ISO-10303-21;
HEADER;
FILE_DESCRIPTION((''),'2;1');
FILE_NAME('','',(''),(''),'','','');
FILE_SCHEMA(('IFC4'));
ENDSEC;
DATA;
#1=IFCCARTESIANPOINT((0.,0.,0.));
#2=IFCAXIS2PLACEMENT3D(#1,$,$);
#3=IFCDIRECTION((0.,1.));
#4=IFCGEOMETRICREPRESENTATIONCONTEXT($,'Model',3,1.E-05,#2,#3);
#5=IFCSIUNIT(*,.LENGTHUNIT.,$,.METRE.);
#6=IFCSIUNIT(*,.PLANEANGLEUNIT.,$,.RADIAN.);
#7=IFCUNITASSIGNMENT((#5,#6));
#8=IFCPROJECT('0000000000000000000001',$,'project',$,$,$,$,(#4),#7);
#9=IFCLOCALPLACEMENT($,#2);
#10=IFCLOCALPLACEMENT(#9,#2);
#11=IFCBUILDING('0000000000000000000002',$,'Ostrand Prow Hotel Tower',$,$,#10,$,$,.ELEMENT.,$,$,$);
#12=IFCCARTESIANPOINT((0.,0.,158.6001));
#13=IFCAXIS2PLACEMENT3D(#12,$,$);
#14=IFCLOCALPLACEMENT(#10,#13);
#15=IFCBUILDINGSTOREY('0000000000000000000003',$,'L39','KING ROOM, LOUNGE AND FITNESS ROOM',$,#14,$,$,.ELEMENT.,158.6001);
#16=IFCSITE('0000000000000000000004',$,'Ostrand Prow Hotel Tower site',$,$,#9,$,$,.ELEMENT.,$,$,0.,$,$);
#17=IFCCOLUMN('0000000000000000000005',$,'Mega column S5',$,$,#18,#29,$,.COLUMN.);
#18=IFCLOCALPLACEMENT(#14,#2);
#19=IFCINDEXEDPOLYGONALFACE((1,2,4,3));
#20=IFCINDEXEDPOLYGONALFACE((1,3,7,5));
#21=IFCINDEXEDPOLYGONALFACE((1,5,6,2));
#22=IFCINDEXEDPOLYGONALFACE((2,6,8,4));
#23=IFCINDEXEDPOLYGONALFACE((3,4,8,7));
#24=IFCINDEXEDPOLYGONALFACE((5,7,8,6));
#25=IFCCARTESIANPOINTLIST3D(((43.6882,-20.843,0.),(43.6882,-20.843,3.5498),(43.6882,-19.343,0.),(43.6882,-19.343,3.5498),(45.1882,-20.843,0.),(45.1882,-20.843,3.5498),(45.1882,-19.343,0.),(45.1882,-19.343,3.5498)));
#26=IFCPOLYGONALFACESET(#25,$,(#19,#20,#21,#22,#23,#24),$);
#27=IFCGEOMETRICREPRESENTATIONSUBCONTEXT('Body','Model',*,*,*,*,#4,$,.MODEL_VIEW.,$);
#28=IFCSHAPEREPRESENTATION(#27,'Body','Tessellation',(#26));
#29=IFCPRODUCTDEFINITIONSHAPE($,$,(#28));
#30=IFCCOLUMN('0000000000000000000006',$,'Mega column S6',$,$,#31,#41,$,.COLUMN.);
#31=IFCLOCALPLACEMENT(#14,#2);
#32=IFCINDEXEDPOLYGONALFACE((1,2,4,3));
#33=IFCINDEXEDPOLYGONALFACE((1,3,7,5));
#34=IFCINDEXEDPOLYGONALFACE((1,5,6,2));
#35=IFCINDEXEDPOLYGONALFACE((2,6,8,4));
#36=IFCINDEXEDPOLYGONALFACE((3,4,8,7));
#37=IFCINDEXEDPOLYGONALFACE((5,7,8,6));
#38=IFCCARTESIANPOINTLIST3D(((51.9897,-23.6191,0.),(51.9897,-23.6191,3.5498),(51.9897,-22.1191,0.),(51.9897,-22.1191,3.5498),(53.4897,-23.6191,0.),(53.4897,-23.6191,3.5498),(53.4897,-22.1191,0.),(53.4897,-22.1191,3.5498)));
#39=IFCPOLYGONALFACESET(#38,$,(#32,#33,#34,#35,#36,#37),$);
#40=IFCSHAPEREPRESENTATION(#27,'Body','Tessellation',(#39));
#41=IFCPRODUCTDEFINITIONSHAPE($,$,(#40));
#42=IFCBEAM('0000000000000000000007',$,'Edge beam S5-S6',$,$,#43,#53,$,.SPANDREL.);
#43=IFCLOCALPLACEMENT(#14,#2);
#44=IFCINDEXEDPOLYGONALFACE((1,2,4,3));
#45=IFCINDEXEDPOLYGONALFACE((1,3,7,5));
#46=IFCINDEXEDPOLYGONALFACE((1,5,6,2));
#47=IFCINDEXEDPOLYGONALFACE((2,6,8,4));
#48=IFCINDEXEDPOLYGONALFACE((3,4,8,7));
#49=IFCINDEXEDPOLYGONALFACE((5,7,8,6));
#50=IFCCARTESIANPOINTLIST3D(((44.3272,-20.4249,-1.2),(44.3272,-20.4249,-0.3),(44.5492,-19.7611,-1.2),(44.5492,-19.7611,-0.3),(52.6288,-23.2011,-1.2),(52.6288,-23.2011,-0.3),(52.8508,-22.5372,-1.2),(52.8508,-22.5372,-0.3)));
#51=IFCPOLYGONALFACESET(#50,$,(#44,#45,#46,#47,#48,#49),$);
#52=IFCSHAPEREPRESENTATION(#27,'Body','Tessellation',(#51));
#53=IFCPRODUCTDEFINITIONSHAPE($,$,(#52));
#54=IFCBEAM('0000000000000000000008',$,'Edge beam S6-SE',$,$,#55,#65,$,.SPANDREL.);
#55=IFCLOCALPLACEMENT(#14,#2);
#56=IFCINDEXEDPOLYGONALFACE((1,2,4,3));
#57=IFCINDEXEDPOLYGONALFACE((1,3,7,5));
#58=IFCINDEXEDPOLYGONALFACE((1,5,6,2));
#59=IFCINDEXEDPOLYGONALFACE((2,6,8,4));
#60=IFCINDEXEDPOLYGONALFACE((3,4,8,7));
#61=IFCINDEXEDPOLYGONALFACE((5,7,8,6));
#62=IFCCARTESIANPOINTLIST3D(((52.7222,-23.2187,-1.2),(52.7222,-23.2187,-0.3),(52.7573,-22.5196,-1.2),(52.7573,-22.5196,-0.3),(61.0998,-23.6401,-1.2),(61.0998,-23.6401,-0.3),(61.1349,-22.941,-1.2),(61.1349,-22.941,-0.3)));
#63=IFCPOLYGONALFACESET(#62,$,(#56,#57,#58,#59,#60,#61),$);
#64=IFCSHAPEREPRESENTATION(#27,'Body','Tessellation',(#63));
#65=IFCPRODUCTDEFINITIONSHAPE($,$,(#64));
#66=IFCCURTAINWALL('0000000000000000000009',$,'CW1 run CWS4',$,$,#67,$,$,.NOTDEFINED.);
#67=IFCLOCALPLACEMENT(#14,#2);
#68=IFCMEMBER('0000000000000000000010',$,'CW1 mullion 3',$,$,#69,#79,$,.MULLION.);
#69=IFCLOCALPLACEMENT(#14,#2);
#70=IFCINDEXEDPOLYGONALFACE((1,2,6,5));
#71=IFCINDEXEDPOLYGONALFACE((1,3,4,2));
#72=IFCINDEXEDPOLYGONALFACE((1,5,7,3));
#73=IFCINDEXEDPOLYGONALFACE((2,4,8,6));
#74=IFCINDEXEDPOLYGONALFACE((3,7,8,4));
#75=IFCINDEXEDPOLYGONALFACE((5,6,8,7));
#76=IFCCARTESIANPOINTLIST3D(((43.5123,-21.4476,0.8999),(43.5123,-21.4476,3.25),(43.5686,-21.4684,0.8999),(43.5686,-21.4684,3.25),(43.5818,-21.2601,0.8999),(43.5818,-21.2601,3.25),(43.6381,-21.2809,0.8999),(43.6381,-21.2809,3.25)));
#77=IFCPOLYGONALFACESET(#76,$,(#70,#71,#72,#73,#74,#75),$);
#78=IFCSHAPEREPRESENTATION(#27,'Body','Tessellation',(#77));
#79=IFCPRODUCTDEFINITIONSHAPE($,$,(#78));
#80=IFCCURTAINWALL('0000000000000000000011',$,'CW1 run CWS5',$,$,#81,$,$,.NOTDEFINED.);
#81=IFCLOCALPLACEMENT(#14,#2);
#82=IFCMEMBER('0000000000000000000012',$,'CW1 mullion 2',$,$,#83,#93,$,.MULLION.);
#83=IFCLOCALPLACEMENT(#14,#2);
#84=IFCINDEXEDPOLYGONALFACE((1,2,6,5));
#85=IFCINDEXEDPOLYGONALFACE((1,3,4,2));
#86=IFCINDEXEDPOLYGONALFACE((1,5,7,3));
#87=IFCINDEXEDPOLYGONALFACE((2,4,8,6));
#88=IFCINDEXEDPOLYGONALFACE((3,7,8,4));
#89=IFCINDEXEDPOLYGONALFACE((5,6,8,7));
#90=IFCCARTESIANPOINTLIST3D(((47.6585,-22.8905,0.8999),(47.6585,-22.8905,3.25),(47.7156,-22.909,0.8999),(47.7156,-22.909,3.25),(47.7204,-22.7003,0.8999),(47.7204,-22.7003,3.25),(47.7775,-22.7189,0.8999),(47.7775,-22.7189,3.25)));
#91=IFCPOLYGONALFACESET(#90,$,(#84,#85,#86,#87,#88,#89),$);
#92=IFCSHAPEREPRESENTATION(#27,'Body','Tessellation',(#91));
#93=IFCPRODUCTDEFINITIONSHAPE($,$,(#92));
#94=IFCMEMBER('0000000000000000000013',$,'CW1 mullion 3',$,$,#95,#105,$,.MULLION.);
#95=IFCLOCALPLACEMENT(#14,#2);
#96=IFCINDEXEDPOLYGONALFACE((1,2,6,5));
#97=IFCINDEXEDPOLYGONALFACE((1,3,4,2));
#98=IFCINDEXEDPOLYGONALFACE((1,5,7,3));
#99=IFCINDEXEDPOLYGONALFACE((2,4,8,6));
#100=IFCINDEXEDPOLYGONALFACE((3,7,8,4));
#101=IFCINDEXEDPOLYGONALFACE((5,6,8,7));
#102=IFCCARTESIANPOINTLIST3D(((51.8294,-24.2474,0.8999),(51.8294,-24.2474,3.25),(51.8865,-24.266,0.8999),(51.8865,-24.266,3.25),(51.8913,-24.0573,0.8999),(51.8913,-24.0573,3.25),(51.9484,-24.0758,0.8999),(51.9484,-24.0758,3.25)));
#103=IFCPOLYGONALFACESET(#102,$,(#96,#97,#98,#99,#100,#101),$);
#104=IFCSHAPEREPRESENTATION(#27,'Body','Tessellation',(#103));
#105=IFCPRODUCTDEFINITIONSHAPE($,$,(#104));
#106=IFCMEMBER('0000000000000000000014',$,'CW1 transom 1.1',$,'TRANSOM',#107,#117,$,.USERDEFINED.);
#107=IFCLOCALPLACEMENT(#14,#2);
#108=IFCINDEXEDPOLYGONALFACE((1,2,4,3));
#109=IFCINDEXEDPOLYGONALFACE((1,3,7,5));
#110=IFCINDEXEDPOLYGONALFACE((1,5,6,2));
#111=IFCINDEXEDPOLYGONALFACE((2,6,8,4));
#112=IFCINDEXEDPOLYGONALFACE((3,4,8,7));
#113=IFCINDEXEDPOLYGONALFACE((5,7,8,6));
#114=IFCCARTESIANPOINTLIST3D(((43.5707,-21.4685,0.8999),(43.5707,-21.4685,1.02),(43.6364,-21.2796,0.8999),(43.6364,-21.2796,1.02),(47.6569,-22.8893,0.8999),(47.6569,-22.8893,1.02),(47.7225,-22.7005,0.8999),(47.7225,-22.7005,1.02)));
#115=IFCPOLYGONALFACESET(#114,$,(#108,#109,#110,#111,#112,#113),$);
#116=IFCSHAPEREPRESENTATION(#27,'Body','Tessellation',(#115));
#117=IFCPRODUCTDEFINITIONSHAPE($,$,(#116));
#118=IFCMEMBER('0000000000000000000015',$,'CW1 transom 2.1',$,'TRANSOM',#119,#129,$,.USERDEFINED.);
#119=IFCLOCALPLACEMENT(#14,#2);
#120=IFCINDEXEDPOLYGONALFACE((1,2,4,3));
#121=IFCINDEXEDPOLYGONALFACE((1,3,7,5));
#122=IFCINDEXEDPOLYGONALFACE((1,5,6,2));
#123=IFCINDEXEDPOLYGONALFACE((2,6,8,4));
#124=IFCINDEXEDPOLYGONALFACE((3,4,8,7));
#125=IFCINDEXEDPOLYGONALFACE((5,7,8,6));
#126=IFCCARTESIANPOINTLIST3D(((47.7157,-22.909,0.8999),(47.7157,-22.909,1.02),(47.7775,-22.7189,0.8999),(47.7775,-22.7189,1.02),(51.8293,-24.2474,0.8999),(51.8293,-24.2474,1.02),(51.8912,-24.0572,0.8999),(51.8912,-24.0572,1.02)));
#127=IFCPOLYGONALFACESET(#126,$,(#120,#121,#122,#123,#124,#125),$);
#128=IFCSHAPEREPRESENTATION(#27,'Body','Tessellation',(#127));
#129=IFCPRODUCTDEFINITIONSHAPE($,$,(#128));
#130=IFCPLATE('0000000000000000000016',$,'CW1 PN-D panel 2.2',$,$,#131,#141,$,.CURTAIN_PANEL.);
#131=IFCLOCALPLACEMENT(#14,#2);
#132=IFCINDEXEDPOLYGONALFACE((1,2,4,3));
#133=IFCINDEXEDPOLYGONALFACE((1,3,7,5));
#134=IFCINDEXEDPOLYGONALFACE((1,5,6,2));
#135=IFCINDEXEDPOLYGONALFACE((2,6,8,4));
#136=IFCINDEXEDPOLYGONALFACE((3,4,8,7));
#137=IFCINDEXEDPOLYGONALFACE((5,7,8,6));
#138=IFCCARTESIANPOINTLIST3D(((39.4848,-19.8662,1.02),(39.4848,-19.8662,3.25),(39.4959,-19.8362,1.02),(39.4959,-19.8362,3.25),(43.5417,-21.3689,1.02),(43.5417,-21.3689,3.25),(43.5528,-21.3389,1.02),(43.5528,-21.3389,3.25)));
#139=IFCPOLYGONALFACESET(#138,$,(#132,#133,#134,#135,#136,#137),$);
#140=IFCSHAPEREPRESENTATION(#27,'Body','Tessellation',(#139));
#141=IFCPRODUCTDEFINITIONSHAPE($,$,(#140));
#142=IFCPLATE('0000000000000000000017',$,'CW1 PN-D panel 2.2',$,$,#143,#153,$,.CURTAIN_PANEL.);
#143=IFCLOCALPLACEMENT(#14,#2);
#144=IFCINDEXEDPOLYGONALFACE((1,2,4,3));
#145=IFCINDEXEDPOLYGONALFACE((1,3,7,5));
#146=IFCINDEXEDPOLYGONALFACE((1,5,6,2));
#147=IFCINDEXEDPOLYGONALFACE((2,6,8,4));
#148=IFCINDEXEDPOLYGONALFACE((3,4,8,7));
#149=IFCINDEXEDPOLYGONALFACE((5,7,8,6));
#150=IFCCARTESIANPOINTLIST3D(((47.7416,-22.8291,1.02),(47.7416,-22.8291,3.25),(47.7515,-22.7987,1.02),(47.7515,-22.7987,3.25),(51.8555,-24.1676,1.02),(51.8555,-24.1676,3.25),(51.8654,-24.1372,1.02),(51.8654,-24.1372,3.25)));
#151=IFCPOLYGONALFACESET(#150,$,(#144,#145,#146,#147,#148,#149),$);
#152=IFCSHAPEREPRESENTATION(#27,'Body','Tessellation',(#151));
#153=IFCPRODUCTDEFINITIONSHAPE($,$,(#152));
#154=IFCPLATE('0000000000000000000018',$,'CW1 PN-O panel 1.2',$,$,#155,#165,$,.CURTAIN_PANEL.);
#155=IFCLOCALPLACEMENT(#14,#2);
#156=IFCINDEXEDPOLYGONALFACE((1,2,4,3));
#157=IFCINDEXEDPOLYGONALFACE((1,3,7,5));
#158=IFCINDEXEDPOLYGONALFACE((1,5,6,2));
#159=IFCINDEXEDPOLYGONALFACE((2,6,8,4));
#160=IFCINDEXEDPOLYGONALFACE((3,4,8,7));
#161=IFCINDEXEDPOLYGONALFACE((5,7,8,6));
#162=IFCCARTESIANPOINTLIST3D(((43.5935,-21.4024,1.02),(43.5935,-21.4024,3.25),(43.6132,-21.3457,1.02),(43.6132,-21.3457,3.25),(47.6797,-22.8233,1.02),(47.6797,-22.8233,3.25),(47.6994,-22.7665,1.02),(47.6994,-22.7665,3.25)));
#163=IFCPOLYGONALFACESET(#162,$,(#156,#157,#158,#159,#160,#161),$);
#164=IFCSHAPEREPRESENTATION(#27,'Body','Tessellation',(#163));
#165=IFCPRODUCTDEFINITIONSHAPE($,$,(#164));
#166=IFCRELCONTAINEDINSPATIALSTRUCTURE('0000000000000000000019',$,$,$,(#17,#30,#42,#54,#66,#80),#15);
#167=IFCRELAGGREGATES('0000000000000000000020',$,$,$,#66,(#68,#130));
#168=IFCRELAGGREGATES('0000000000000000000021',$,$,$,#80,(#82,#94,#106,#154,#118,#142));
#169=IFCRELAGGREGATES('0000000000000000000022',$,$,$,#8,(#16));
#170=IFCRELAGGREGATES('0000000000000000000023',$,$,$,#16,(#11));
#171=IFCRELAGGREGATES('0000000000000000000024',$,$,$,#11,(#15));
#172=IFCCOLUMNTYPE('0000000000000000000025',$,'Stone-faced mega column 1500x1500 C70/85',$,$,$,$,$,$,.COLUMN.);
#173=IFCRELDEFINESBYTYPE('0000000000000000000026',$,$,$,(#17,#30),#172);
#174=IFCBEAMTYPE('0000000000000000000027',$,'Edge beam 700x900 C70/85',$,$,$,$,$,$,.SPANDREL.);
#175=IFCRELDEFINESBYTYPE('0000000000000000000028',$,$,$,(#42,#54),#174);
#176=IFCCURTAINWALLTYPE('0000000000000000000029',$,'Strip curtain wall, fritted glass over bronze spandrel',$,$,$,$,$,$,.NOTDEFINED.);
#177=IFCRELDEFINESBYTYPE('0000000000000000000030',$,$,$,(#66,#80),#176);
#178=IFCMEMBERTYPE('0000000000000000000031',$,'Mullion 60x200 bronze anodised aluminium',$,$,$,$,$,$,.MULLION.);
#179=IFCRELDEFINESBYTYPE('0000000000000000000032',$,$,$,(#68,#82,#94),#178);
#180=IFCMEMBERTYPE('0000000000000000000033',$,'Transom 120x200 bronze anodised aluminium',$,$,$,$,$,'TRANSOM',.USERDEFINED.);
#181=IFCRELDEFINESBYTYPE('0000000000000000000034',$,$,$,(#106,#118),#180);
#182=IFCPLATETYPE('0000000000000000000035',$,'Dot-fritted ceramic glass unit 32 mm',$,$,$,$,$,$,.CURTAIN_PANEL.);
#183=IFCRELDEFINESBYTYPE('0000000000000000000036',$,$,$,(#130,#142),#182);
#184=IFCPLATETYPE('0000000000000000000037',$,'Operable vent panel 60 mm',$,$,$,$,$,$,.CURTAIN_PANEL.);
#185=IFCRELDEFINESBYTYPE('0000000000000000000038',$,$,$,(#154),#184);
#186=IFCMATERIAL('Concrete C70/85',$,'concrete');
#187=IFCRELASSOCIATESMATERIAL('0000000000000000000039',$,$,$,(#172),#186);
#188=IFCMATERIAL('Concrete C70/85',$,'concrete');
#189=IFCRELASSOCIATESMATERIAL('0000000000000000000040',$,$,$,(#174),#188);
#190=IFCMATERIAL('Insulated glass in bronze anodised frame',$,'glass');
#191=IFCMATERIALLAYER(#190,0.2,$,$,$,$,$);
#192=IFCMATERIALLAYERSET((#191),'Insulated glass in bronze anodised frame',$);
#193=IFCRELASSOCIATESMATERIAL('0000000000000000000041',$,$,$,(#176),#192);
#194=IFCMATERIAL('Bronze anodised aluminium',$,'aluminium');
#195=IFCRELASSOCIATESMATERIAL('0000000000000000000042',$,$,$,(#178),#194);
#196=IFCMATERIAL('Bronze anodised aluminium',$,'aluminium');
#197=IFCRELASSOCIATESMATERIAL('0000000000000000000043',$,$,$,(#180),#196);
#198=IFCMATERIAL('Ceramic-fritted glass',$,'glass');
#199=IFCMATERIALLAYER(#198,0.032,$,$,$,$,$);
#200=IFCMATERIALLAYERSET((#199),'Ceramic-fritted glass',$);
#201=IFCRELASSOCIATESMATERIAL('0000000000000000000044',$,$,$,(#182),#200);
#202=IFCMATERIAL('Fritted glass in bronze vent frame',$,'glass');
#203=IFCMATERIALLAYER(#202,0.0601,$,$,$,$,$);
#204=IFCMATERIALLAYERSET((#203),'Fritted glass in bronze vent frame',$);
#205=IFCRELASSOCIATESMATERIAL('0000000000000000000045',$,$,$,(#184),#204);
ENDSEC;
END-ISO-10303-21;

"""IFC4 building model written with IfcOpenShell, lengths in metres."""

from ifc_helpers import new_model, si_unit, direction, frame, origin, origin_2d, place, context, subcontext, project, spatial, rectangle, extrude, material, layer, layer_set, material_profile, profile_set, type_object, element, aggregate, save


model = new_model("IFC4")

# Units and contexts
model_context = context("Model", 3, precision=1e-05, world=origin(), true_north=direction((0.0, 1.0)))
body_context = subcontext(model_context, "Body", "Model", "MODEL_VIEW")
ifc_project = project(units=[si_unit("LENGTHUNIT", "METRE"), si_unit("PLANEANGLEUNIT", "RADIAN")], contexts=[model_context])

# Site, building, storey
site_placement = place(None, origin())
site = spatial("IfcSite", under=ifc_project, at=site_placement, Name="Ostrand Prow Hotel Tower site", CompositionType="ELEMENT", RefElevation=0.0)
building_placement = place(site_placement, origin())
building = spatial("IfcBuilding", under=site, at=building_placement, Name="Ostrand Prow Hotel Tower", CompositionType="ELEMENT")
storey_placement = place(building_placement, frame((0.0, 0.0, 158.6001)))
storey = spatial("IfcBuildingStorey", under=building, at=storey_placement, Name="L39", Description="KING ROOM, LOUNGE AND FITNESS ROOM", CompositionType="ELEMENT", Elevation=158.6001)

# Columns
ifc_material_1 = material(Name="Concrete C70/85", Category="concrete")
ifc_material_profile_1 = material_profile(ifc_material_1, rectangle(XDim=1.5, YDim=1.5, at=origin_2d()), Name="RC 1500x1500")
ifc_profile_set_1 = profile_set([ifc_material_profile_1], Name="Concrete C70/85")
column_type = type_object("IfcColumnType", Name="Stone-faced mega column 1500x1500 C70/85", PredefinedType="COLUMN", material=ifc_profile_set_1)
for number, where, z_axis, x_axis, name in (
    (1, (44.4382, -20.093, 0.0), (0.0, 0.0, 1.0), (1.0, 0.0, 0.0), "Mega column S5"),
    (2, (52.7397, -22.8691, 0.0), (0.0, 0.0, 1.0), (1.0, 0.0, 0.0), "Mega column S6"),
):
    element("IfcColumn", number, at=place(storey_placement, frame(where, z_axis=z_axis, x_axis=x_axis)), inside=storey, type_object=column_type, Name=name, PredefinedType="COLUMN", context=body_context, shape_type="SweptSolid", body=[
        extrude(rectangle(XDim=1.5, YDim=1.5, at=origin_2d()), origin(), (0.0, 0.0, 1.0), 3.5498),
    ])

# Beams
ifc_material_2 = material(Name="Concrete C70/85", Category="concrete")
ifc_material_profile_2 = material_profile(ifc_material_2, rectangle(XDim=0.7, YDim=0.8999, at=origin_2d()), Name="RC 700x900")
ifc_profile_set_2 = profile_set([ifc_material_profile_2], Name="Concrete C70/85")
beam_type = type_object("IfcBeamType", Name="Edge beam 700x900 C70/85", PredefinedType="SPANDREL", material=ifc_profile_set_2)
beam_1_placement = place(storey_placement, frame((44.4382, -20.093, -0.75), z_axis=(0.948376, -0.317148, 0.0), x_axis=(0.317148, 0.948376, 0.0)))
element("IfcBeam", 3, at=beam_1_placement, inside=storey, type_object=beam_type, Name="Edge beam S5-S6", PredefinedType="SPANDREL", context=body_context, shape_type="SweptSolid", body=[
    extrude(rectangle(XDim=0.7, YDim=0.8999, at=origin_2d()), origin(), (0.0, 0.0, 1.0), 8.7534),
])
beam_2_placement = place(storey_placement, frame((52.7397, -22.8691, -0.75), z_axis=(0.998737, -0.050235, 0.0), x_axis=(0.050235, 0.998737, 0.0)))
element("IfcBeam", 4, at=beam_2_placement, inside=storey, type_object=beam_type, Name="Edge beam S6-SE", PredefinedType="SPANDREL", context=body_context, shape_type="SweptSolid", body=[
    extrude(rectangle(XDim=0.7, YDim=0.8999, at=origin_2d()), origin(), (0.0, 0.0, 1.0), 8.3882),
])

# Curtain wall, member
ifc_material_3 = material(Name="Insulated glass in bronze anodised frame", Category="glass")
ifc_layer_1 = layer(ifc_material_3, 0.2)
ifc_layer_set_1 = layer_set([ifc_layer_1], Name="Insulated glass in bronze anodised frame")
curtain_wall_type = type_object("IfcCurtainWallType", Name="Strip curtain wall, fritted glass over bronze spandrel", PredefinedType="NOTDEFINED", material=ifc_layer_set_1)
curtain_wall_1_placement = place(storey_placement, origin())
curtain_wall_1 = element("IfcCurtainWall", 5, at=curtain_wall_1_placement, inside=storey, type_object=curtain_wall_type, Name="CW1 run CWS4", PredefinedType="NOTDEFINED")
ifc_material_4 = material(Name="Bronze anodised aluminium", Category="aluminium")
ifc_material_profile_3 = material_profile(ifc_material_4, rectangle(XDim=0.2, YDim=0.0601, at=origin_2d()), Name="Mullion 60x200 bronze anodised aluminium")
ifc_profile_set_3 = profile_set([ifc_material_profile_3], Name="Bronze anodised aluminium")
member_type_1 = type_object("IfcMemberType", Name="Mullion 60x200 bronze anodised aluminium", PredefinedType="MULLION", material=ifc_profile_set_3)
member_1_placement = place(storey_placement, frame((43.5752, -21.3643, 0.8999), z_axis=(0.0, 0.0, 1.0), x_axis=(0.347342, 0.937739, 0.0)))
member_1 = element("IfcMember", 6, at=member_1_placement, type_object=member_type_1, Name="CW1 mullion 3", PredefinedType="MULLION", context=body_context, shape_type="SweptSolid", body=[
    extrude(rectangle(XDim=0.2, YDim=0.0601, at=origin_2d()), origin(), (0.0, 0.0, 1.0), 2.3501),
])

# Curtain wall, members
curtain_wall_2_placement = place(storey_placement, origin())
curtain_wall_2 = element("IfcCurtainWall", 7, at=curtain_wall_2_placement, inside=storey, type_object=curtain_wall_type, Name="CW1 run CWS5", PredefinedType="NOTDEFINED")
member_2_placement = place(storey_placement, frame((47.718, -22.8047, 0.8999), z_axis=(0.0, 0.0, 1.0), x_axis=(0.30938, 0.950938, 0.0)))
member_2 = element("IfcMember", 8, at=member_2_placement, type_object=member_type_1, Name="CW1 mullion 2", PredefinedType="MULLION", context=body_context, shape_type="SweptSolid", body=[
    extrude(rectangle(XDim=0.2, YDim=0.0601, at=origin_2d()), origin(), (0.0, 0.0, 1.0), 2.3501),
])
member_3_placement = place(storey_placement, frame((51.8889, -24.1616, 0.8999), z_axis=(0.0, 0.0, 1.0), x_axis=(0.30938, 0.950938, 0.0)))
member_3 = element("IfcMember", 9, at=member_3_placement, type_object=member_type_1, Name="CW1 mullion 3", PredefinedType="MULLION", context=body_context, shape_type="SweptSolid", body=[
    extrude(rectangle(XDim=0.2, YDim=0.0601, at=origin_2d()), origin(), (0.0, 0.0, 1.0), 2.3501),
])
ifc_material_5 = material(Name="Bronze anodised aluminium", Category="aluminium")
ifc_material_profile_4 = material_profile(ifc_material_5, rectangle(XDim=0.2, YDim=0.1201, at=origin_2d()), Name="Transom 120x200 bronze anodised aluminium")
ifc_profile_set_4 = profile_set([ifc_material_profile_4], Name="Bronze anodised aluminium")
member_type_2 = type_object("IfcMemberType", Name="Transom 120x200 bronze anodised aluminium", ElementType="TRANSOM", PredefinedType="USERDEFINED", material=ifc_profile_set_4)
member_4_placement = place(storey_placement, frame((43.6035, -21.374, 0.96), z_axis=(0.944524, -0.328442, 0.0), x_axis=(0.328442, 0.944524, 0.0)))
member_4 = element("IfcMember", 10, at=member_4_placement, type_object=member_type_2, Name="CW1 transom 1.1", ObjectType="TRANSOM", PredefinedType="USERDEFINED", context=body_context, shape_type="SweptSolid", body=[
    extrude(rectangle(XDim=0.2, YDim=0.1201, at=origin_2d()), origin(), (0.0, 0.0, 1.0), 4.3262),
])
member_5_placement = place(storey_placement, frame((47.7466, -22.814, 0.96), z_axis=(0.950939, -0.30938, 0.0), x_axis=(0.30938, 0.950939, 0.0)))
member_5 = element("IfcMember", 11, at=member_5_placement, type_object=member_type_2, Name="CW1 transom 2.1", ObjectType="TRANSOM", PredefinedType="USERDEFINED", context=body_context, shape_type="SweptSolid", body=[
    extrude(rectangle(XDim=0.2, YDim=0.1201, at=origin_2d()), origin(), (0.0, 0.0, 1.0), 4.3259),
])

# Plates
ifc_material_6 = material(Name="Ceramic-fritted glass", Category="glass")
ifc_layer_2 = layer(ifc_material_6, 0.032)
ifc_layer_set_2 = layer_set([ifc_layer_2], Name="Ceramic-fritted glass")
plate_type_1 = type_object("IfcPlateType", Name="Dot-fritted ceramic glass unit 32 mm", PredefinedType="CURTAIN_PANEL", material=ifc_layer_set_2)
plate_1_placement = place(storey_placement, frame((41.5188, -20.6025, 1.02), z_axis=(0.0, 0.0, 1.0), x_axis=(0.937739, -0.347342, 0.0)))
plate_1 = element("IfcPlate", 12, at=plate_1_placement, type_object=plate_type_1, Name="CW1 PN-D panel 2.2", PredefinedType="CURTAIN_PANEL", context=body_context, shape_type="SweptSolid", body=[
    extrude(rectangle(XDim=4.3262, YDim=0.032, at=origin_2d()), origin(), (0.0, 0.0, 1.0), 2.23),
])
aggregate(curtain_wall_1, [member_1, plate_1])
plate_2_placement = place(storey_placement, frame((49.8035, -23.4832, 1.02), z_axis=(0.0, 0.0, 1.0), x_axis=(0.950938, -0.30938, 0.0)))
plate_2 = element("IfcPlate", 13, at=plate_2_placement, type_object=plate_type_1, Name="CW1 PN-D panel 2.2", PredefinedType="CURTAIN_PANEL", context=body_context, shape_type="SweptSolid", body=[
    extrude(rectangle(XDim=4.3262, YDim=0.032, at=origin_2d()), origin(), (0.0, 0.0, 1.0), 2.23),
])
ifc_material_7 = material(Name="Fritted glass in bronze vent frame", Category="glass")
ifc_layer_3 = layer(ifc_material_7, 0.0601)
ifc_layer_set_3 = layer_set([ifc_layer_3], Name="Fritted glass in bronze vent frame")
plate_type_2 = type_object("IfcPlateType", Name="Operable vent panel 60 mm", PredefinedType="CURTAIN_PANEL", material=ifc_layer_set_3)
plate_3_placement = place(storey_placement, frame((45.6465, -22.0845, 1.02), z_axis=(0.0, 0.0, 1.0), x_axis=(0.944529, -0.328428, 0.0)))
plate_3 = element("IfcPlate", 14, at=plate_3_placement, type_object=plate_type_2, Name="CW1 PN-O panel 1.2", PredefinedType="CURTAIN_PANEL", context=body_context, shape_type="SweptSolid", body=[
    extrude(rectangle(XDim=4.3262, YDim=0.0601, at=origin_2d()), origin(), (0.0, 0.0, 1.0), 2.23),
])
aggregate(curtain_wall_2, [member_2, member_3, member_4, plate_3, member_5, plate_2])

save(model, "model.ifc")
